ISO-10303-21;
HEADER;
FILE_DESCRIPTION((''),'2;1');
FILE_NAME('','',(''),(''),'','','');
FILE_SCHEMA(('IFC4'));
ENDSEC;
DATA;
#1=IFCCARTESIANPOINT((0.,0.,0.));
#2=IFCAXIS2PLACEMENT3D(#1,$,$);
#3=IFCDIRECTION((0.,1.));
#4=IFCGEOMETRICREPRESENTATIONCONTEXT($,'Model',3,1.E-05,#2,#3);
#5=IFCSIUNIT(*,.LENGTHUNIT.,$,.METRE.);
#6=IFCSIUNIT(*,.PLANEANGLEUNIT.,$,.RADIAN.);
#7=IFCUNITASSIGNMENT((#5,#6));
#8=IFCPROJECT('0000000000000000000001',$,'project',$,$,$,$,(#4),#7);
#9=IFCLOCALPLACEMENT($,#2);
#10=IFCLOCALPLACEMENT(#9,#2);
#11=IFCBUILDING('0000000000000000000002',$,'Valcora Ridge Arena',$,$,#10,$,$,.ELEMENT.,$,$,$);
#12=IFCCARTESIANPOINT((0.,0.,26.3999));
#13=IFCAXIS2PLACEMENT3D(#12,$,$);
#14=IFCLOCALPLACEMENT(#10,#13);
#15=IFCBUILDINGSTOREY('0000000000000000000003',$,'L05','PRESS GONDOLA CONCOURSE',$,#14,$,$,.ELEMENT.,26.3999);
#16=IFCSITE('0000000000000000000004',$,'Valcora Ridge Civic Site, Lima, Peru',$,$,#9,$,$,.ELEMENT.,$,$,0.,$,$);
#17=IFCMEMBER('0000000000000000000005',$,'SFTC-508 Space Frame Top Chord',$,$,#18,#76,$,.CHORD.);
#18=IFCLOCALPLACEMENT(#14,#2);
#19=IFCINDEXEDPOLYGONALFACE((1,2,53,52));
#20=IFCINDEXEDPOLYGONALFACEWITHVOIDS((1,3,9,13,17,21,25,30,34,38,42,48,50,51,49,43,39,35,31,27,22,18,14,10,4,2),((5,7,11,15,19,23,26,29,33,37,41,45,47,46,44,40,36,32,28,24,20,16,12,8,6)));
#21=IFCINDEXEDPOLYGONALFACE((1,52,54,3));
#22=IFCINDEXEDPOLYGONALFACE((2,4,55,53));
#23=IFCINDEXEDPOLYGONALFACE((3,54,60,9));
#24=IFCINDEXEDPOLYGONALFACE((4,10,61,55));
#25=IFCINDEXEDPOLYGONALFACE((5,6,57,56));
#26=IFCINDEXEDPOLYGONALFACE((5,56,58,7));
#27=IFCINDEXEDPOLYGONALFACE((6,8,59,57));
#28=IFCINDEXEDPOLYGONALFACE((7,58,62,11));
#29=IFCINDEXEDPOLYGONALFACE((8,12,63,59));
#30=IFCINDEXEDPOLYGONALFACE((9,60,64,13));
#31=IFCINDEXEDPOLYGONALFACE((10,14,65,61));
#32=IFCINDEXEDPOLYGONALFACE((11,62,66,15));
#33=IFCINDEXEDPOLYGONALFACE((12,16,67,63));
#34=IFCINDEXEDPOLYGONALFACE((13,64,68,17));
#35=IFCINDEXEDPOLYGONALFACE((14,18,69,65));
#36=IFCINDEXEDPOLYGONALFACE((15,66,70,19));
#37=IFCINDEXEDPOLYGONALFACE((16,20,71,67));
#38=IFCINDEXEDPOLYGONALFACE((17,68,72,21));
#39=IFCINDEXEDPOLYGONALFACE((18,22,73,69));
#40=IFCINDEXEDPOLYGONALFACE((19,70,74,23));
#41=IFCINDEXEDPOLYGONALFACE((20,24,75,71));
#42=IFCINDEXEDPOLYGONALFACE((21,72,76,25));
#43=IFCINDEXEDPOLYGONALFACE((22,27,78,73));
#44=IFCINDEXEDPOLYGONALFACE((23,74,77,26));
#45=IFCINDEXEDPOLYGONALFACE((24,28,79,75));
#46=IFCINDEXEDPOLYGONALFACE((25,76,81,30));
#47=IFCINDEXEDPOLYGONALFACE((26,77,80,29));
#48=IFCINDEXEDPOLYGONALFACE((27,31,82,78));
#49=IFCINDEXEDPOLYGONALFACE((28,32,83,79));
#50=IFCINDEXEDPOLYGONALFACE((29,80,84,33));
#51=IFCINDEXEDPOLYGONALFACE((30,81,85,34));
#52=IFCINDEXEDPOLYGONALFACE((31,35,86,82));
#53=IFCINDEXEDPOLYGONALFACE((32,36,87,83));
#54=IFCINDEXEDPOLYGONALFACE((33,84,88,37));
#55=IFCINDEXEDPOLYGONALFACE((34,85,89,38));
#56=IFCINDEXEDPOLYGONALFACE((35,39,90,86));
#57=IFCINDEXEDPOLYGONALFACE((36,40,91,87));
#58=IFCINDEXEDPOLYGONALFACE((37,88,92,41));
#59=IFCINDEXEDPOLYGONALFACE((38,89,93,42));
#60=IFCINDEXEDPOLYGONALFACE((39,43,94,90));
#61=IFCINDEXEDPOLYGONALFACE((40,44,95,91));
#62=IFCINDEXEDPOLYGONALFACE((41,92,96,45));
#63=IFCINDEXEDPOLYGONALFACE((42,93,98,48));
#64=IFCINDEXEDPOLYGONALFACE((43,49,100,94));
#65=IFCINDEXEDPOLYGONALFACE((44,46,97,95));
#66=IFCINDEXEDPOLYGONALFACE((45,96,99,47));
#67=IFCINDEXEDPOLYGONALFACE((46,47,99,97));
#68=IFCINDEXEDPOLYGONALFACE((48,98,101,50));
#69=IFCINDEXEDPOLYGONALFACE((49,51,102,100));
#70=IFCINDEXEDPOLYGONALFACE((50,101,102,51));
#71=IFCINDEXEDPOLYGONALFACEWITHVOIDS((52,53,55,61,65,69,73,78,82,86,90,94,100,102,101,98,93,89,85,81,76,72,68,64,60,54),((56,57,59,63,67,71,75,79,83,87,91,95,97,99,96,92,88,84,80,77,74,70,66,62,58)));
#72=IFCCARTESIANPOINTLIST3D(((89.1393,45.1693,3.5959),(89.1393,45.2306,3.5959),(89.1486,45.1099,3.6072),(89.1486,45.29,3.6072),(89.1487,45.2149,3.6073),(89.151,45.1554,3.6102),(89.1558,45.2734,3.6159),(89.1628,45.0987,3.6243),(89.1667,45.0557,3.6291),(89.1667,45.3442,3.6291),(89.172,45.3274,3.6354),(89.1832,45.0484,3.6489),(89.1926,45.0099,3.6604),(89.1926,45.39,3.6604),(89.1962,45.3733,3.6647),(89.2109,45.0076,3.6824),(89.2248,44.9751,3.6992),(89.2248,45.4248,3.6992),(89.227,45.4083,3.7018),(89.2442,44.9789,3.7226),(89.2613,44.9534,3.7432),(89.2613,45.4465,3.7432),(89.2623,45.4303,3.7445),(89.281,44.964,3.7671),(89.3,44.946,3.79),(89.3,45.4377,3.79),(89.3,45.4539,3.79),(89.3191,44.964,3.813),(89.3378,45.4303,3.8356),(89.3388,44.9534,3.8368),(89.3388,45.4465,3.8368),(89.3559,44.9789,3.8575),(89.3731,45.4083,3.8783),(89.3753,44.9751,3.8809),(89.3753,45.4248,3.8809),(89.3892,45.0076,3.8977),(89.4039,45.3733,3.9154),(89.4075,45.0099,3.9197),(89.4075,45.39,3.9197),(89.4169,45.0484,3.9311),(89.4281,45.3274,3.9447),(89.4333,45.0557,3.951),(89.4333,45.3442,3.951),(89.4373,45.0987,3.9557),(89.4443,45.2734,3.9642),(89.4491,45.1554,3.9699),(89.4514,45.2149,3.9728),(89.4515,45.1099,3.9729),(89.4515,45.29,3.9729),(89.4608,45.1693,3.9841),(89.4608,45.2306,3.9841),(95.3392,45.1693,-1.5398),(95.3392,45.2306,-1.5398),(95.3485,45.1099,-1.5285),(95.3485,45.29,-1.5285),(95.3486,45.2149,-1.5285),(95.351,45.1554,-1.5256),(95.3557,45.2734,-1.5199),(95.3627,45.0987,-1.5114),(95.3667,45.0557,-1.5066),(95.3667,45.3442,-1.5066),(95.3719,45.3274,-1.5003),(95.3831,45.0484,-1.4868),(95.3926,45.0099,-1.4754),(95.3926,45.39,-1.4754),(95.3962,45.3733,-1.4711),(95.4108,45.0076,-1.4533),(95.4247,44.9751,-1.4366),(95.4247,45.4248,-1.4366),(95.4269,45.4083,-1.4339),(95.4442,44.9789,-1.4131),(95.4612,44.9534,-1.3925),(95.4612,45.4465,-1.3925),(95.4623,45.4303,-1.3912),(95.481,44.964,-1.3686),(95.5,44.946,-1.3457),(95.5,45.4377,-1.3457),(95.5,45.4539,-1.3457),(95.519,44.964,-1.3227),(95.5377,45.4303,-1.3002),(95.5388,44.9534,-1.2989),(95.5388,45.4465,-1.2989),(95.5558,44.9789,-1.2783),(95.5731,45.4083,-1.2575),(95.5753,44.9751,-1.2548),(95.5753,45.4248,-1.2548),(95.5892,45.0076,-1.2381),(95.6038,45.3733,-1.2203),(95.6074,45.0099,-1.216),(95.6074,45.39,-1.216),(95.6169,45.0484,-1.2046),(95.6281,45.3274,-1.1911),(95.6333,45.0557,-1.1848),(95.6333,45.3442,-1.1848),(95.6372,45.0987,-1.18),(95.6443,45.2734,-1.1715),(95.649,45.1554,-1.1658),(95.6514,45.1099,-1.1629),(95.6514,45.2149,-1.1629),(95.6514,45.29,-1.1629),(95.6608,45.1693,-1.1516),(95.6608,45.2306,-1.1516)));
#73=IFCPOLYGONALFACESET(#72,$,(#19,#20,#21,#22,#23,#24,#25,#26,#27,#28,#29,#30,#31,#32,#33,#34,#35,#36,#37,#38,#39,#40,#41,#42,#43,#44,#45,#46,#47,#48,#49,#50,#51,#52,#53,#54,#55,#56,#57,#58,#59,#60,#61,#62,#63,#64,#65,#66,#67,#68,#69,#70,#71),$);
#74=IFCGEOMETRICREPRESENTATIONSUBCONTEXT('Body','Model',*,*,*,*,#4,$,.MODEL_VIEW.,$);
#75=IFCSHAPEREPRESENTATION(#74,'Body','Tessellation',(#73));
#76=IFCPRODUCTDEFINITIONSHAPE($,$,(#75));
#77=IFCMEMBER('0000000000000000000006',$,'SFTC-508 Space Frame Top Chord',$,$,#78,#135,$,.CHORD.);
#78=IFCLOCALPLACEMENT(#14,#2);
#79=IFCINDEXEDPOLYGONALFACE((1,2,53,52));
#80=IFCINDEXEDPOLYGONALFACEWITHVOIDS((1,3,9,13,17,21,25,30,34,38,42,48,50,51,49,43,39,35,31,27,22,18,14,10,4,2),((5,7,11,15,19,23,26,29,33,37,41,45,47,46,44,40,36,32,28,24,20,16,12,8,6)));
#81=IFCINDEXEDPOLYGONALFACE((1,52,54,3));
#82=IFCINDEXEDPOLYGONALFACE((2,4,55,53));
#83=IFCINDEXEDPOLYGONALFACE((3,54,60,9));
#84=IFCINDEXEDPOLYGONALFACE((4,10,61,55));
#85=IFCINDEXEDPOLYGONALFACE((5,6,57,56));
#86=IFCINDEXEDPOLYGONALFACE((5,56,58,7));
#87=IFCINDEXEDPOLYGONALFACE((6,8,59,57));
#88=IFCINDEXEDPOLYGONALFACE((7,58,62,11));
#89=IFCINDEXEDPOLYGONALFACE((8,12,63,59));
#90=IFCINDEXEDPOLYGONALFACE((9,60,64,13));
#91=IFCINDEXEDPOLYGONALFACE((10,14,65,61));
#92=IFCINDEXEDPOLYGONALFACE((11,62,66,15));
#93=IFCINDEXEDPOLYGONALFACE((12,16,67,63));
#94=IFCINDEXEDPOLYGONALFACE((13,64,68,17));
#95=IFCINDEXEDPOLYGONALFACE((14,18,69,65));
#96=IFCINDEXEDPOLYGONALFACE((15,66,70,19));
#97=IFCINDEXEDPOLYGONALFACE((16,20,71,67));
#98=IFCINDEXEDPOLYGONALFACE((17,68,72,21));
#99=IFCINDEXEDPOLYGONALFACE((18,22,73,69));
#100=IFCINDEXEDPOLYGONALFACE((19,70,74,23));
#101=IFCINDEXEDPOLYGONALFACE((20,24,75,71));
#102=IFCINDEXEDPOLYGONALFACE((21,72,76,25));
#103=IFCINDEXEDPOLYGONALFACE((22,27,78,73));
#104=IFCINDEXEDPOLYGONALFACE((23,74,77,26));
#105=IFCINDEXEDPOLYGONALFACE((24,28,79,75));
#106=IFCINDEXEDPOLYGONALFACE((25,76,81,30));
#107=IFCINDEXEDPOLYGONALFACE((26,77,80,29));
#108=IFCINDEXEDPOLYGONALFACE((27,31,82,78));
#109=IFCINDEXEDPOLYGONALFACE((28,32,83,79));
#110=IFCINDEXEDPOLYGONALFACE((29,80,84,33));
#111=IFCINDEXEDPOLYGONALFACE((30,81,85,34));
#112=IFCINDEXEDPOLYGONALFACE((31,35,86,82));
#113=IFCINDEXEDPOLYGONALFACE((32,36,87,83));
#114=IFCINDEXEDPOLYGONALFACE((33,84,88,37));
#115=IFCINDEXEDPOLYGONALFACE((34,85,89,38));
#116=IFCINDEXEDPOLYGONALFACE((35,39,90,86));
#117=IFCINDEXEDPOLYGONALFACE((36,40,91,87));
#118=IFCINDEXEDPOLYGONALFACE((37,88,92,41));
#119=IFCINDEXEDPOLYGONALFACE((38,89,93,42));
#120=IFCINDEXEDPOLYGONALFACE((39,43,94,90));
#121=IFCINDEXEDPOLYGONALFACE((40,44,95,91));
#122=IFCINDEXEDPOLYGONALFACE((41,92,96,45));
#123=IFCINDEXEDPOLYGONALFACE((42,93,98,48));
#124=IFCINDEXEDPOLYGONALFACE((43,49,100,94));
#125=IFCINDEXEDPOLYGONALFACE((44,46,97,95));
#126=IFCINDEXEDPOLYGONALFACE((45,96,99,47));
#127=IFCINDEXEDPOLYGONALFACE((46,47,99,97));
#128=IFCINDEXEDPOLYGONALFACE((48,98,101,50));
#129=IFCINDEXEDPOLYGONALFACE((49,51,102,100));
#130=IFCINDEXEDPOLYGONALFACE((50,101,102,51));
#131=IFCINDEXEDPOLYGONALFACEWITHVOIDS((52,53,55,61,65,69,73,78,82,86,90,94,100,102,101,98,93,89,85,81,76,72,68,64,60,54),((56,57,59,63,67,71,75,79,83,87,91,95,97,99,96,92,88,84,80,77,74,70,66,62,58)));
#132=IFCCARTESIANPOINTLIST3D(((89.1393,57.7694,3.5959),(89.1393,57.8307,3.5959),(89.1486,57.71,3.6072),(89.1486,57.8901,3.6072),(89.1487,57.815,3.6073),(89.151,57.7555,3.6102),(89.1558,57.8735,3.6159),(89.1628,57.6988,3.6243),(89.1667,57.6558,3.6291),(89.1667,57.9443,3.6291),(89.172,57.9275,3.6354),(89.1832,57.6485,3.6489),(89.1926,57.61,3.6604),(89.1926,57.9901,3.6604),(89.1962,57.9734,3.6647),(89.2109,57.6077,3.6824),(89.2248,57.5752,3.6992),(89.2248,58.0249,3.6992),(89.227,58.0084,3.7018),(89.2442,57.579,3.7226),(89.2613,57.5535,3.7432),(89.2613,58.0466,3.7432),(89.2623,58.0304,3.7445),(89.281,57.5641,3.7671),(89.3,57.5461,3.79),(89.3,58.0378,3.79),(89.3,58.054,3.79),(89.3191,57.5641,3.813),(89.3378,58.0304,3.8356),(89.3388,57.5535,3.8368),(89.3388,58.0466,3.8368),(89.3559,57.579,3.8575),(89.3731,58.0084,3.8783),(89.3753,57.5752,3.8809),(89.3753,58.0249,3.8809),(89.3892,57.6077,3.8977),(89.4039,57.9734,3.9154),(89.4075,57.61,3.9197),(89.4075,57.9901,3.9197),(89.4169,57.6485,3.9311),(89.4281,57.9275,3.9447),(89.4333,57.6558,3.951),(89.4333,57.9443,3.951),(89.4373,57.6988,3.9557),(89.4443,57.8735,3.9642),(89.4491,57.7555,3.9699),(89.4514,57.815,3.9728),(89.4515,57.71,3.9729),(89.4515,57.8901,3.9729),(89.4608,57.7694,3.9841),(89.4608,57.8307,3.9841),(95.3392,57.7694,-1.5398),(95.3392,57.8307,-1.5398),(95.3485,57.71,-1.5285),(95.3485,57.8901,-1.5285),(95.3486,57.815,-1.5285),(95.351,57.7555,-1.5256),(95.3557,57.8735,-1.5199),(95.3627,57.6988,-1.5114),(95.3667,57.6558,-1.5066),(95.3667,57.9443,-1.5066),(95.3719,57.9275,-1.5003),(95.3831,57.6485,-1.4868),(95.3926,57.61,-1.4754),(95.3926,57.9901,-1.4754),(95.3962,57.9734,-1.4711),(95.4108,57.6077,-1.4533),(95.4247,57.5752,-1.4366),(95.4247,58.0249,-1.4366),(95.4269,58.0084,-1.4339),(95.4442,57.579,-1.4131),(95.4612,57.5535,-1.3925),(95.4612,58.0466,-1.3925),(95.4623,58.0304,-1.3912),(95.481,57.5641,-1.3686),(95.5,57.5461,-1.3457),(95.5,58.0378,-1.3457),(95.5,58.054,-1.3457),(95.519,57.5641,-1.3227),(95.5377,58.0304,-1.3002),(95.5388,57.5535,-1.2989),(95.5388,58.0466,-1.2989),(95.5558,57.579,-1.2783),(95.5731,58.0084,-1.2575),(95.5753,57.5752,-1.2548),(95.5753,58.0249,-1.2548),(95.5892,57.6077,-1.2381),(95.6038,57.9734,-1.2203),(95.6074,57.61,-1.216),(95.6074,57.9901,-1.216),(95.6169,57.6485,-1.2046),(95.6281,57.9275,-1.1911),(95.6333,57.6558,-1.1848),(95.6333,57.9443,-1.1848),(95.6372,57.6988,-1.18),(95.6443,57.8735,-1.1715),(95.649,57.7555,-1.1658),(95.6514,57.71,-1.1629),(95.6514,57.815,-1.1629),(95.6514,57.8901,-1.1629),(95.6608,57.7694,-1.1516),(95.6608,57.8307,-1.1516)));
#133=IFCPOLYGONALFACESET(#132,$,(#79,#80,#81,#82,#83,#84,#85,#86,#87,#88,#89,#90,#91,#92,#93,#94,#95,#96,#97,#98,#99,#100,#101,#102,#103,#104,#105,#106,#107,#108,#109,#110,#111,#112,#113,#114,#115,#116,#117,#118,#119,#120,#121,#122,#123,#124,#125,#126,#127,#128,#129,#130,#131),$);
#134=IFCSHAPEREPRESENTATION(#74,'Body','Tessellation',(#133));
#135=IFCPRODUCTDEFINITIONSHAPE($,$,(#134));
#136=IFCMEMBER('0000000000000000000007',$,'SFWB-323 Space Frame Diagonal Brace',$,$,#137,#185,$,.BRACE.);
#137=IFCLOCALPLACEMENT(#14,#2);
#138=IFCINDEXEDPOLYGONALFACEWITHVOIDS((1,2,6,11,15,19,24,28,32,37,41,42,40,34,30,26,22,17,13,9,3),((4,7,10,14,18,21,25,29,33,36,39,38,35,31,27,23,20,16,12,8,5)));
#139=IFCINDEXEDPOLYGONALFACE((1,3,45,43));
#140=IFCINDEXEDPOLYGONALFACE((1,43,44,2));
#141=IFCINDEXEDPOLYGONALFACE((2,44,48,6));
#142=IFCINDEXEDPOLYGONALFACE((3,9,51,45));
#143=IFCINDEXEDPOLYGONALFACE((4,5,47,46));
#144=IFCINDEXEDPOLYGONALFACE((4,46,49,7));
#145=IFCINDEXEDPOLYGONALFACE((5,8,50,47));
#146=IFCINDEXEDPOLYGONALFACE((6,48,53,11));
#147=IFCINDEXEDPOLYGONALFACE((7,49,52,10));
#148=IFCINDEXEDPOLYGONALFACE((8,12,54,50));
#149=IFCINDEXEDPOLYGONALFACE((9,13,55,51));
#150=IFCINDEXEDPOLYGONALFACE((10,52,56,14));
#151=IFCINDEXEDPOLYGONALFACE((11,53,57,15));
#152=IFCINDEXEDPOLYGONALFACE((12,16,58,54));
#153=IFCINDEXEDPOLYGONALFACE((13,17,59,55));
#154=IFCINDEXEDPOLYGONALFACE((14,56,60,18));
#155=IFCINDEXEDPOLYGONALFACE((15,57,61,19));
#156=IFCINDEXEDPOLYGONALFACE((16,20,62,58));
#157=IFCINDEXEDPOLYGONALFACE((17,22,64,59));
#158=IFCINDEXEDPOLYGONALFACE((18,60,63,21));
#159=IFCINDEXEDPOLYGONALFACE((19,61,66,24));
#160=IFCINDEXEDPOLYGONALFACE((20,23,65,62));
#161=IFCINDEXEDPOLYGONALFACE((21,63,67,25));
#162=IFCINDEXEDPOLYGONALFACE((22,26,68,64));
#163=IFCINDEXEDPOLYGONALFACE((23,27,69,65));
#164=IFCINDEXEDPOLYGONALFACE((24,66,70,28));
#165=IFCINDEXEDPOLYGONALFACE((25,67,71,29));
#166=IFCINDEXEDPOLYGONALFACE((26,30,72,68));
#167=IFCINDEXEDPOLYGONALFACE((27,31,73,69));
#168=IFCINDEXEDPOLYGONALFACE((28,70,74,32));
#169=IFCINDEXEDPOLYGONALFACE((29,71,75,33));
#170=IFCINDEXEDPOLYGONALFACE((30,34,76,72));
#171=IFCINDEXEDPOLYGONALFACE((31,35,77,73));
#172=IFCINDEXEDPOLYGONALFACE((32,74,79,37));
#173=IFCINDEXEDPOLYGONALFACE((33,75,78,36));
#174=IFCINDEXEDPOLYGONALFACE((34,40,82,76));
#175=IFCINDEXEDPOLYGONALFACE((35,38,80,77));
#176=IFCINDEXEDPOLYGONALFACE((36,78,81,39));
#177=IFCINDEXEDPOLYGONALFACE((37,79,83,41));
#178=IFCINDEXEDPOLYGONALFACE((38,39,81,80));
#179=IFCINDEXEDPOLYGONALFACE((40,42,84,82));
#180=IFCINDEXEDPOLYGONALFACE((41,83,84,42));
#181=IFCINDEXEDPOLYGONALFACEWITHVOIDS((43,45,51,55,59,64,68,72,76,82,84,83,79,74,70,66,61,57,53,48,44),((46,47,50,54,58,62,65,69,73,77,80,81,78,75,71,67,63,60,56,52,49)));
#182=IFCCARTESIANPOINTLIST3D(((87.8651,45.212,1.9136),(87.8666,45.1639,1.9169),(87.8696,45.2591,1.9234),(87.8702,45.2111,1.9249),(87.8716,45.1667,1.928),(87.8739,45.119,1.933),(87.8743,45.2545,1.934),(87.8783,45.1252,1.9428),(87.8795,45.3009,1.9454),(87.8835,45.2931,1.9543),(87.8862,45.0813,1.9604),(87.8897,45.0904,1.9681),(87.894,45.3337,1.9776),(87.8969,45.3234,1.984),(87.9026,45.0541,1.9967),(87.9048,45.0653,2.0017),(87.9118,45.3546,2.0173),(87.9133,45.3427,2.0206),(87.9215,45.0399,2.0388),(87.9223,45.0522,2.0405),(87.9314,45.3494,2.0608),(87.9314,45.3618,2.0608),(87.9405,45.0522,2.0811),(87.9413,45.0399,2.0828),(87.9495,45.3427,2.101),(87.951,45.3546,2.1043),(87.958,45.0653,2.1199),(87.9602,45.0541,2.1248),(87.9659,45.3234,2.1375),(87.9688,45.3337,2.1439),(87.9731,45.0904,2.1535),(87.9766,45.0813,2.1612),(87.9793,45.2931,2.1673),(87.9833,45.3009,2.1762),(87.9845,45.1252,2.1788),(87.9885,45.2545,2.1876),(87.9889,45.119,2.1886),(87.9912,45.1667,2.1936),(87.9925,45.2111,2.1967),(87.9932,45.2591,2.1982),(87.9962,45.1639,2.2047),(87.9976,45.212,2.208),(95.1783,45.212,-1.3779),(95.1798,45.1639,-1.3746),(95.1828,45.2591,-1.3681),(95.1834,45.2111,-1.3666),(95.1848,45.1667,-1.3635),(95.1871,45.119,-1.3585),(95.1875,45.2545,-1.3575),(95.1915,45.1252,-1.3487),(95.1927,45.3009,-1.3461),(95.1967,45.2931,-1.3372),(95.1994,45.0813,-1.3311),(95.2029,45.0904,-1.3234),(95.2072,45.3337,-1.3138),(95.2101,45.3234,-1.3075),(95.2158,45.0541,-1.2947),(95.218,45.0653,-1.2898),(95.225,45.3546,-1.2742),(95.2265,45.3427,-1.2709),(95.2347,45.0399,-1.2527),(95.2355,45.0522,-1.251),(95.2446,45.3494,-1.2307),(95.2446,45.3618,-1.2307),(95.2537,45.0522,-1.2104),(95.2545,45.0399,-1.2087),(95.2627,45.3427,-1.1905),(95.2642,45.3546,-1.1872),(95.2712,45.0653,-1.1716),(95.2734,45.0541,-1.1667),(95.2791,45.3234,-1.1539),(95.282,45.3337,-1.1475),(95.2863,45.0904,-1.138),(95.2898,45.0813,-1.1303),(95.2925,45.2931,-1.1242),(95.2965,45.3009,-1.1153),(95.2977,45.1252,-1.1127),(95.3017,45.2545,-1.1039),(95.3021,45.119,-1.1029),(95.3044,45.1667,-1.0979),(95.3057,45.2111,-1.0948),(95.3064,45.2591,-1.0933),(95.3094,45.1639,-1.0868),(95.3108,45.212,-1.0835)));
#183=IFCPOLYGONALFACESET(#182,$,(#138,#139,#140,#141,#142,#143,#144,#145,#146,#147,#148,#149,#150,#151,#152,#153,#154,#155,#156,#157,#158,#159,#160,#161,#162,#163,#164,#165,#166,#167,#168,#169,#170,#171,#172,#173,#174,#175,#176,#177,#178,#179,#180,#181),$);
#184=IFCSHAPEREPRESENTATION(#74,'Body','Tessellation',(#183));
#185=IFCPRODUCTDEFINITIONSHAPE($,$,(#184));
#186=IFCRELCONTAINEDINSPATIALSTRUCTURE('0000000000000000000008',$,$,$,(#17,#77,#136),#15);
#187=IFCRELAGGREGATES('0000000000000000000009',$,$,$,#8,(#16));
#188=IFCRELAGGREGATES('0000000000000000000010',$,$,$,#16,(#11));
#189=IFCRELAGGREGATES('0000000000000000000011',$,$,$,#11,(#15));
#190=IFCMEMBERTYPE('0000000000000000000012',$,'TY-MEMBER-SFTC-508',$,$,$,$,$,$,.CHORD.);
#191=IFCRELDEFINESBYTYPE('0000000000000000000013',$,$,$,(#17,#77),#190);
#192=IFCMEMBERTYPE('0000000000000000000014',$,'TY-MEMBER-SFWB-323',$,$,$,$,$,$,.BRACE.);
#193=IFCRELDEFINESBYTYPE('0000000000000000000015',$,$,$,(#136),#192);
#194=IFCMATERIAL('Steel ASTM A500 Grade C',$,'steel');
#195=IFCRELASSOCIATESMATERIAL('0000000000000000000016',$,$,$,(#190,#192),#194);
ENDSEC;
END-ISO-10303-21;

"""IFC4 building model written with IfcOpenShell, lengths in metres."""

from ifc_helpers import new_model, si_unit, direction, frame, origin, origin_2d, place, context, subcontext, project, spatial, hollow_circle, extrude, material, material_profile, profile_set, type_object, element, save


model = new_model("IFC4")

# Units and contexts
model_context = context("Model", 3, precision=1e-05, world=origin(), true_north=direction((0.0, 1.0)))
body_context = subcontext(model_context, "Body", "Model", "MODEL_VIEW")
ifc_project = project(units=[si_unit("LENGTHUNIT", "METRE"), si_unit("PLANEANGLEUNIT", "RADIAN")], contexts=[model_context])

# Site, building, storey
site_placement = place(None, origin())
site = spatial("IfcSite", under=ifc_project, at=site_placement, Name="Valcora Ridge Civic Site, Lima, Peru", CompositionType="ELEMENT", RefElevation=0.0)
building_placement = place(site_placement, origin())
building = spatial("IfcBuilding", under=site, at=building_placement, Name="Valcora Ridge Arena", CompositionType="ELEMENT")
storey_placement = place(building_placement, frame((0.0, 0.0, 26.3999)))
storey = spatial("IfcBuildingStorey", under=building, at=storey_placement, Name="L05", Description="PRESS GONDOLA CONCOURSE", CompositionType="ELEMENT", Elevation=26.3999)

# Members
ifc_material_1 = material(Name="Steel ASTM A500 Grade C", Category="steel")
ifc_material_profile_1 = material_profile(ifc_material_1, hollow_circle(Radius=0.2539, WallThickness=0.0161, at=origin_2d()), Name="CHS508X16")
ifc_profile_set_1 = profile_set([ifc_material_profile_1], Name="Steel ASTM A500 Grade C")
member_type_1 = type_object("IfcMemberType", Name="TY-MEMBER-SFTC-508", PredefinedType="CHORD", material=ifc_profile_set_1)
for number, where, z_axis, x_axis, name in (
    (1, (89.3, 45.2, 3.79), (0.770105, 0.0, -0.637918), (0.0, 1.0, 0.0), "SFTC-508 Space Frame Top Chord"),
    (2, (89.3, 57.8, 3.79), (0.770105, 0.0, -0.637918), (0.0, 1.0, 0.0), "SFTC-508 Space Frame Top Chord"),
):
    element("IfcMember", number, at=place(storey_placement, frame(where, z_axis=z_axis, x_axis=x_axis)), inside=storey, type_object=member_type_1, Name=name, PredefinedType="CHORD", context=body_context, shape_type="SweptSolid", body=[
        extrude(hollow_circle(Radius=0.2539, WallThickness=0.0161, at=origin_2d()), origin(), (0.0, 0.0, 1.0), 8.0508),
    ])
ifc_material_profile_2 = material_profile(ifc_material_1, hollow_circle(Radius=0.1619, WallThickness=0.0125, at=origin_2d()), Name="CHS323X12")
ifc_profile_set_2 = profile_set([ifc_material_profile_2], Name="Steel ASTM A500 Grade C")
member_type_2 = type_object("IfcMemberType", Name="TY-MEMBER-SFWB-323", PredefinedType="BRACE", material=ifc_profile_set_2)
for number, where, z_axis, x_axis, name in (
    (3, (87.9314, 45.2, 2.0608), (0.911896, 0.0, -0.410422), (0.0, 1.0, 0.0), "SFWB-323 Space Frame Diagonal Brace"),
):
    element("IfcMember", number, at=place(storey_placement, frame(where, z_axis=z_axis, x_axis=x_axis)), inside=storey, type_object=member_type_2, Name=name, PredefinedType="BRACE", context=body_context, shape_type="SweptSolid", body=[
        extrude(hollow_circle(Radius=0.1619, WallThickness=0.0125, at=origin_2d()), origin(), (0.0, 0.0, 1.0), 8.0198),
    ])

save(model, "model.ifc")
